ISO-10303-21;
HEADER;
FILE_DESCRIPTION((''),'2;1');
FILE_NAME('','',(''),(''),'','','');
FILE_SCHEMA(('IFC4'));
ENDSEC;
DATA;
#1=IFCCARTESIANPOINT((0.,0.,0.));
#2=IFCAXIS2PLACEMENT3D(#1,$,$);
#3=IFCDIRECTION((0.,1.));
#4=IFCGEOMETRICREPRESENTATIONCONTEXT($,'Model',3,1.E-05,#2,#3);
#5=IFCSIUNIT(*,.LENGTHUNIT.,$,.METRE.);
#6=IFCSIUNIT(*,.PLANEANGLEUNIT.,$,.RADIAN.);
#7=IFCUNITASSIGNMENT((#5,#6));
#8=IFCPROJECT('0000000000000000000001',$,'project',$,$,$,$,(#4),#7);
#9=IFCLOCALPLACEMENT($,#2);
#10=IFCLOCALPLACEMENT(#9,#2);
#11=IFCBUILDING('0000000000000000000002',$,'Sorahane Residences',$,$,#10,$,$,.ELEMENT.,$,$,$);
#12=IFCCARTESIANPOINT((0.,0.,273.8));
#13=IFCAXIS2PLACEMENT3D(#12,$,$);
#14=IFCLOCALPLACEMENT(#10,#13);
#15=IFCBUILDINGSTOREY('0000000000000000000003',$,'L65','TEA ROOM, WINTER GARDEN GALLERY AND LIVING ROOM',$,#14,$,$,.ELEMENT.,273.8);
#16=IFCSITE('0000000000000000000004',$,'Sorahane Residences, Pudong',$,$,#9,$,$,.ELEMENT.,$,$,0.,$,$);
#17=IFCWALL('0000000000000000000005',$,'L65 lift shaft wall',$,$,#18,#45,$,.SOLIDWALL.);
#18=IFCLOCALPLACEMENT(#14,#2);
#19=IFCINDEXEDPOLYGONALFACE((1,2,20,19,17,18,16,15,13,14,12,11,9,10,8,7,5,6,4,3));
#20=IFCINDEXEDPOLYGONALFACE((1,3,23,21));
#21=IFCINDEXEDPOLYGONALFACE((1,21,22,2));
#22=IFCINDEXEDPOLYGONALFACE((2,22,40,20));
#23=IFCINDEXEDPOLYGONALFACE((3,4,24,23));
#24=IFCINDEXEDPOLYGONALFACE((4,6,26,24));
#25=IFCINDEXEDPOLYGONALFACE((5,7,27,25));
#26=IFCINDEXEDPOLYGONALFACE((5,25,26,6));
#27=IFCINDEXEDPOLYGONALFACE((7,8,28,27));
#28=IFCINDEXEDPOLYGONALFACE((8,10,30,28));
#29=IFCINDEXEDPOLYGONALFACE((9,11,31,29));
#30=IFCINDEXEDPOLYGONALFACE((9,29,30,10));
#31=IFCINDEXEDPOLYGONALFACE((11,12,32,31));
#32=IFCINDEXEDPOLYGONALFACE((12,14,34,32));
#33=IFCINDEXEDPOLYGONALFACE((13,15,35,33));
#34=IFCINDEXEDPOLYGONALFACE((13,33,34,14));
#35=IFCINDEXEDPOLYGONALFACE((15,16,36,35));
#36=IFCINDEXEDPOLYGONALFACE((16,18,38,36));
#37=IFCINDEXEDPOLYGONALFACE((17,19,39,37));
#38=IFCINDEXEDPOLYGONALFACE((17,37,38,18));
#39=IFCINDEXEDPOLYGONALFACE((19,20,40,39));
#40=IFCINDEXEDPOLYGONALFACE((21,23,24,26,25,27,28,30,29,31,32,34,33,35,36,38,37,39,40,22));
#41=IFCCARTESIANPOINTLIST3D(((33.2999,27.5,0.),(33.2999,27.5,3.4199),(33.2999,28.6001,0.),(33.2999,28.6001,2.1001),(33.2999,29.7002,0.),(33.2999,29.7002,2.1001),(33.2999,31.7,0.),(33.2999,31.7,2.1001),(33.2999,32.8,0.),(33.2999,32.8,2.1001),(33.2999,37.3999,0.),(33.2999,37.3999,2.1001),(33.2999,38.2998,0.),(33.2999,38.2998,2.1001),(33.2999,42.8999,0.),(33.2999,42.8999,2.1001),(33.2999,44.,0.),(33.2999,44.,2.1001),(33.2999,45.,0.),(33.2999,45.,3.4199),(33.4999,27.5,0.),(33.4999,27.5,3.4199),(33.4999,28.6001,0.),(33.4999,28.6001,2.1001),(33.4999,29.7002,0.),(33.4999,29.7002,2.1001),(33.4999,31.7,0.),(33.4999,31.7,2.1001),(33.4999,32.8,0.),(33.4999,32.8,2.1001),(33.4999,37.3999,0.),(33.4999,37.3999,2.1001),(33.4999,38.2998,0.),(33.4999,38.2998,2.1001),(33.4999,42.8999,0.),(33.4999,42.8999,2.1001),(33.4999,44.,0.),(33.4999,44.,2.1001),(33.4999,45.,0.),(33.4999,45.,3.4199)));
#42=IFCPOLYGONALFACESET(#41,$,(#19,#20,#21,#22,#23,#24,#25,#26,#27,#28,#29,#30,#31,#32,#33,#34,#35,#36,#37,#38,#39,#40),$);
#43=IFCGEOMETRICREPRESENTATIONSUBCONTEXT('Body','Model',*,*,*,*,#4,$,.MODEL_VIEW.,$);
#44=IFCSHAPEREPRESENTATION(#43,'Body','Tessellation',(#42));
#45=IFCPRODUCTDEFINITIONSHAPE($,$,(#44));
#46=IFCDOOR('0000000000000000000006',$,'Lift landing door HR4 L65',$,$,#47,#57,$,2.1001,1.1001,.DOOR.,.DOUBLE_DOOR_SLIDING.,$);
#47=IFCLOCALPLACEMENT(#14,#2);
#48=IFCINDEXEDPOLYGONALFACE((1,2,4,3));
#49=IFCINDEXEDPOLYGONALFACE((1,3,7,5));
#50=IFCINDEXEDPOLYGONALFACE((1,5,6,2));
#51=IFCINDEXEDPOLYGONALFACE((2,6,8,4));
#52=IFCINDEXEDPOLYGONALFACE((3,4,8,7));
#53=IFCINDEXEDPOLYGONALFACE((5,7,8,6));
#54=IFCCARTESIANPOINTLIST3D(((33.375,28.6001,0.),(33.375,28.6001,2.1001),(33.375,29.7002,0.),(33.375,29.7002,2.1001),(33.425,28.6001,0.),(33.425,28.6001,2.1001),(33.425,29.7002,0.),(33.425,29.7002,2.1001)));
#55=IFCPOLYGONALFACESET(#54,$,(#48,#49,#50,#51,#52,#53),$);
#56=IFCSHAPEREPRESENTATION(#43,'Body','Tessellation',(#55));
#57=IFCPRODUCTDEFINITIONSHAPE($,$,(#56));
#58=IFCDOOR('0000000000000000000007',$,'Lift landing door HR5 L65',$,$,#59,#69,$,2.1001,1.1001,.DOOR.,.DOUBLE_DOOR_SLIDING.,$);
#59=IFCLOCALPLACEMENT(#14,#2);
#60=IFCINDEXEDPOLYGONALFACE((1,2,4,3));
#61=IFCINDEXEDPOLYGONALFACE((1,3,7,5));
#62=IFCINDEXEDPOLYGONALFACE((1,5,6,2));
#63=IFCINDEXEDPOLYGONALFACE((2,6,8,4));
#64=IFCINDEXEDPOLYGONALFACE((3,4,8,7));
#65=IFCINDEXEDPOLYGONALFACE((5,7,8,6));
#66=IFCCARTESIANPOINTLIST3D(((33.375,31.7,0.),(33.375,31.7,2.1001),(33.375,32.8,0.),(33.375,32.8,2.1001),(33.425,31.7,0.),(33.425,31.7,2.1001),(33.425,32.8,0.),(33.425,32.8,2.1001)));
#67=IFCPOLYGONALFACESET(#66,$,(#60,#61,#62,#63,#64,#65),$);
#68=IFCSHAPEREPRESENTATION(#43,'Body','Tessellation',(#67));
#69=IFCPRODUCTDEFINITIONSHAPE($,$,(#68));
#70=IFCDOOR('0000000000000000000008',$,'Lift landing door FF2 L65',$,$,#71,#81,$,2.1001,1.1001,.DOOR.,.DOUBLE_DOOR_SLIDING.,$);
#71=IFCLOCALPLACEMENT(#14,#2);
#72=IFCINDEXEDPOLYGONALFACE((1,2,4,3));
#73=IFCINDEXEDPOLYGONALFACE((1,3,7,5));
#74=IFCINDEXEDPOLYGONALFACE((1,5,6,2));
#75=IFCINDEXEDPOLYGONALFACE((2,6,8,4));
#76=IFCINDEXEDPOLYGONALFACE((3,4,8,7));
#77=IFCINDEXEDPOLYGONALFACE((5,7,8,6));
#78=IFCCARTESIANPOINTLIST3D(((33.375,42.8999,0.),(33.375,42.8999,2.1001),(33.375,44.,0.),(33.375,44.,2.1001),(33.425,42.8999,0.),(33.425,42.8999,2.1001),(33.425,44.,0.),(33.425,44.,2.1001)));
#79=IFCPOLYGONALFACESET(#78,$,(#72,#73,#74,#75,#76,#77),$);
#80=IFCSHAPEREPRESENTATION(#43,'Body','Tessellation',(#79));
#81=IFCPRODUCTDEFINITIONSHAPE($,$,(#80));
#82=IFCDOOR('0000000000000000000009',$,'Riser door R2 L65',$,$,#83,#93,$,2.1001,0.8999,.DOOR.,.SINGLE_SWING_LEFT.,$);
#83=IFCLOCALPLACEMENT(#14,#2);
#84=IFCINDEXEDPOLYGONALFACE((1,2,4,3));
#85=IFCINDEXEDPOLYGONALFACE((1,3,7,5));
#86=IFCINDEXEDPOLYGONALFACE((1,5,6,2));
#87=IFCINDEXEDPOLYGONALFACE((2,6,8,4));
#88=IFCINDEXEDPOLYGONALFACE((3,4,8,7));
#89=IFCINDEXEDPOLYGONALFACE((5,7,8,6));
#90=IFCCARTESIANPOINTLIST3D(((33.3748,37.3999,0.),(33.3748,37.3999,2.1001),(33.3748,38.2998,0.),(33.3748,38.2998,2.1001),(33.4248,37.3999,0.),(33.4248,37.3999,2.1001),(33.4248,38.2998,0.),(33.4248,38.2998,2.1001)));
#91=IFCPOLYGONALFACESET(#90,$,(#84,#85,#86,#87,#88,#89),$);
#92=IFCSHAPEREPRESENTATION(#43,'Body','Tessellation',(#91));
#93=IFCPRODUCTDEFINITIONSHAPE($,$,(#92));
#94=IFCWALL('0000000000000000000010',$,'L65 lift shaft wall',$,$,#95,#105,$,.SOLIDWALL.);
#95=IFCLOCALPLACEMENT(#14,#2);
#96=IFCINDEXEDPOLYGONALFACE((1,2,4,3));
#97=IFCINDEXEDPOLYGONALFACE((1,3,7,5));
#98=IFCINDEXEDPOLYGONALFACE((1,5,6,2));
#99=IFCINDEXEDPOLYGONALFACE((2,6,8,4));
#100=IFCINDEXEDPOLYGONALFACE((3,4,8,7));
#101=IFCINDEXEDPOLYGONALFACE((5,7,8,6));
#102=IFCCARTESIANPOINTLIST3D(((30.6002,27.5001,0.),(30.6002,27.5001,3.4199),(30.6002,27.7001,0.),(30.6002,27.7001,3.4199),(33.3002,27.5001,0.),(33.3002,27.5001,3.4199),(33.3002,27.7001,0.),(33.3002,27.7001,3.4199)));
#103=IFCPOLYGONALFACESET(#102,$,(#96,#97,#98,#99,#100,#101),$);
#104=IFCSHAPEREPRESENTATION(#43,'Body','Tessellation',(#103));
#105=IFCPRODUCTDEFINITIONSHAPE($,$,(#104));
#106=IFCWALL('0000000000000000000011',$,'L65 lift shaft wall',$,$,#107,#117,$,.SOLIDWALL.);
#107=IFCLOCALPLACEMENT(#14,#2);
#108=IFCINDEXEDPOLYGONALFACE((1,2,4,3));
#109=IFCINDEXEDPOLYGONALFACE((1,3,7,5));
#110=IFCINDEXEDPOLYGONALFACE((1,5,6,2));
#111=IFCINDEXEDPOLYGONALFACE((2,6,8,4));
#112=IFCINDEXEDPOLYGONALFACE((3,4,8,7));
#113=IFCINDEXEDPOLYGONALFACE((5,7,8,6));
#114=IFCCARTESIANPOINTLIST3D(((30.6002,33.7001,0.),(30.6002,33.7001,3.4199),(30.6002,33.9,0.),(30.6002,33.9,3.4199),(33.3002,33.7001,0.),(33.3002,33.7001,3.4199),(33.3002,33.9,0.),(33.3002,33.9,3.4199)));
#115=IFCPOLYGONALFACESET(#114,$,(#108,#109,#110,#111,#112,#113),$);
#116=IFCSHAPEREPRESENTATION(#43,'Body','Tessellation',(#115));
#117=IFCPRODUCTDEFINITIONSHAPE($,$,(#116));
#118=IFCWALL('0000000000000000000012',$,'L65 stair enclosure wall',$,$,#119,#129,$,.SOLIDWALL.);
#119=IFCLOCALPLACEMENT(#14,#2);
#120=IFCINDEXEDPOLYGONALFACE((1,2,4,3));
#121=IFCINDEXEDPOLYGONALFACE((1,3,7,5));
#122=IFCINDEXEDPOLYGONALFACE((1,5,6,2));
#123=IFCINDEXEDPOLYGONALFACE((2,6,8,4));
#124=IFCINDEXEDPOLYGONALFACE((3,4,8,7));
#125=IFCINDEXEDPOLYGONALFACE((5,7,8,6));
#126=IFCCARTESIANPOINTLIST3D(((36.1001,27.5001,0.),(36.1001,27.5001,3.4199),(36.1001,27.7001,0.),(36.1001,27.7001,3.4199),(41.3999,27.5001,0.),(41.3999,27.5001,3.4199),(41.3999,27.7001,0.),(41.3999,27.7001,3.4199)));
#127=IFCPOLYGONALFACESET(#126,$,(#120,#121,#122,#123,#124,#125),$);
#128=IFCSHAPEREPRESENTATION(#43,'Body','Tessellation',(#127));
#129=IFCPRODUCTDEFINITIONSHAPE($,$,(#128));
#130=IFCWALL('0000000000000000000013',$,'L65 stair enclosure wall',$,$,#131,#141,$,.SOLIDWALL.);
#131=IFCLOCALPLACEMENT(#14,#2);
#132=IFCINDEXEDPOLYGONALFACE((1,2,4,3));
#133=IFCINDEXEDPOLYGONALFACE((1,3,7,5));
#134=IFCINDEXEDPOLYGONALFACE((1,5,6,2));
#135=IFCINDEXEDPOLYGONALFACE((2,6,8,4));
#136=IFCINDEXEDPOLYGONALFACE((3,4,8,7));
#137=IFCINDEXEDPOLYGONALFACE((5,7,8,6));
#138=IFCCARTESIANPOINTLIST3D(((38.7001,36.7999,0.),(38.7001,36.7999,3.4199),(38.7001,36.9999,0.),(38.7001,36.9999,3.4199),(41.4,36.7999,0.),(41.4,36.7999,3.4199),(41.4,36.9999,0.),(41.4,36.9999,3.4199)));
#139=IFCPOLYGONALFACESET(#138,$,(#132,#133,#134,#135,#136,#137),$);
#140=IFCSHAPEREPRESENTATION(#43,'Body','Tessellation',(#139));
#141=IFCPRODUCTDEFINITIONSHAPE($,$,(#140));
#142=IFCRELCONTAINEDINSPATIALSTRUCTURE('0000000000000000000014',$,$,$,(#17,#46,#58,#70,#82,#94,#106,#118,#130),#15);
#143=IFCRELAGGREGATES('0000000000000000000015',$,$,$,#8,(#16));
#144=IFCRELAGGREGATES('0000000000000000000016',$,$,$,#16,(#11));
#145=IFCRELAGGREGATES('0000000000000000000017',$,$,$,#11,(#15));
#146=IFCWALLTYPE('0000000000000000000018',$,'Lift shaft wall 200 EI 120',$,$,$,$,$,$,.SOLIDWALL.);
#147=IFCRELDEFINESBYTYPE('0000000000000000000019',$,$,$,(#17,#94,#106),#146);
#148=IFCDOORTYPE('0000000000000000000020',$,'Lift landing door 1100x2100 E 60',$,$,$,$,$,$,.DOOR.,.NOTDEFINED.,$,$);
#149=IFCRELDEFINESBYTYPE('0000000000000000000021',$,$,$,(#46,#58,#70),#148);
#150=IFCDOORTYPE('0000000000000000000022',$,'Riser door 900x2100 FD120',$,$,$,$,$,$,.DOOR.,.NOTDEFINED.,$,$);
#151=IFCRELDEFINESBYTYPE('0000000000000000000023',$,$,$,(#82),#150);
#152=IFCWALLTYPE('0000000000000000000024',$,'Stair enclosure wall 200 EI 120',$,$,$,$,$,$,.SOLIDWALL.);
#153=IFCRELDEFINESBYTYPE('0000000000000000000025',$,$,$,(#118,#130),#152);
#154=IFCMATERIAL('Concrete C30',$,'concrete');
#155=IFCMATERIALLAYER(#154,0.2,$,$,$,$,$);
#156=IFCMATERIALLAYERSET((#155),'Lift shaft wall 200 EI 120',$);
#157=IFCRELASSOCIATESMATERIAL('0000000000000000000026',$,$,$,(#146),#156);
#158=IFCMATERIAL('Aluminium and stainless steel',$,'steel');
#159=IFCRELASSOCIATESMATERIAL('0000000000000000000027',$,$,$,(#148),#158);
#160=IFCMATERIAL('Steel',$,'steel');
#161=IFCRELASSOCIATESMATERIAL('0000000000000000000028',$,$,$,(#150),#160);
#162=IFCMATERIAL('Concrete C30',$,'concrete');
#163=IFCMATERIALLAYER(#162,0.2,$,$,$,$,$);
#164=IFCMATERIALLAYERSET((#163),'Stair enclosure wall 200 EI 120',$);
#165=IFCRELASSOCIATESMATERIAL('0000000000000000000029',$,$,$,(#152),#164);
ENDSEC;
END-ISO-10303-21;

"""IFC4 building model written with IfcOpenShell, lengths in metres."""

from ifc_helpers import new_model, si_unit, direction, frame, frame_2d, origin, place, context, subcontext, project, spatial, rectangle, extrude, material, layer, layer_set, type_object, element, fill, save


model = new_model("IFC4")

# Units and contexts
model_context = context("Model", 3, precision=1e-05, world=origin(), true_north=direction((0.0, 1.0)))
body_context = subcontext(model_context, "Body", "Model", "MODEL_VIEW")
ifc_project = project(units=[si_unit("LENGTHUNIT", "METRE"), si_unit("PLANEANGLEUNIT", "RADIAN")], contexts=[model_context])

# Site, building, storey
site_placement = place(None, origin())
site = spatial("IfcSite", under=ifc_project, at=site_placement, Name="Sorahane Residences, Pudong", CompositionType="ELEMENT", RefElevation=0.0)
building_placement = place(site_placement, origin())
building = spatial("IfcBuilding", under=site, at=building_placement, Name="Sorahane Residences", CompositionType="ELEMENT")
storey_placement = place(building_placement, frame((0.0, 0.0, 273.8)))
storey = spatial("IfcBuildingStorey", under=building, at=storey_placement, Name="L65", Description="TEA ROOM, WINTER GARDEN GALLERY AND LIVING ROOM", CompositionType="ELEMENT", Elevation=273.8)

# Wall, openings, doors
ifc_material_1 = material(Name="Concrete C30", Category="concrete")
ifc_layer_1 = layer(ifc_material_1, 0.2)
ifc_layer_set_1 = layer_set([ifc_layer_1], Name="Lift shaft wall 200 EI 120")
wall_type_1 = type_object("IfcWallType", Name="Lift shaft wall 200 EI 120", PredefinedType="SOLIDWALL", material=ifc_layer_set_1)
wall_1_placement = place(storey_placement, frame((33.3999, 27.5, 0.0), z_axis=(0.0, 0.0, 1.0), x_axis=(0.0, 1.0, 0.0)))
wall_1 = element("IfcWall", 1, at=wall_1_placement, inside=storey, type_object=wall_type_1, Name="L65 lift shaft wall", PredefinedType="SOLIDWALL", context=body_context, shape_type="SweptSolid", body=[
    extrude(rectangle(XDim=17.5, YDim=0.2, at=frame_2d((8.75, 0.0))), origin(), (0.0, 0.0, 1.0), 3.4199),
])
opening_1_placement = place(wall_1_placement, frame((1.1001, 0.0, 0.0)))
opening_1 = element("IfcOpeningElement", 2, at=opening_1_placement, cuts=wall_1, PredefinedType="OPENING", context=body_context, shape_type="SweptSolid", body=[
    extrude(rectangle(XDim=1.1001, YDim=2.1001, at=frame_2d((0.55, 1.05))), frame((0.0, 0.1099, 0.0), z_axis=(0.0, -1.0, 0.0), x_axis=(1.0, 0.0, 0.0)), (0.0, 0.0, 1.0), 0.22),
])
opening_2_placement = place(wall_1_placement, frame((4.2, 0.0, 0.0)))
opening_2 = element("IfcOpeningElement", 3, at=opening_2_placement, cuts=wall_1, PredefinedType="OPENING", context=body_context, shape_type="SweptSolid", body=[
    extrude(rectangle(XDim=1.1001, YDim=2.1001, at=frame_2d((0.55, 1.05))), frame((0.0, 0.1099, 0.0), z_axis=(0.0, -1.0, 0.0), x_axis=(1.0, 0.0, 0.0)), (0.0, 0.0, 1.0), 0.22),
])
opening_3_placement = place(wall_1_placement, frame((15.3999, 0.0, 0.0)))
opening_3 = element("IfcOpeningElement", 4, at=opening_3_placement, cuts=wall_1, PredefinedType="OPENING", context=body_context, shape_type="SweptSolid", body=[
    extrude(rectangle(XDim=1.1001, YDim=2.1001, at=frame_2d((0.55, 1.05))), frame((0.0, 0.1099, 0.0), z_axis=(0.0, -1.0, 0.0), x_axis=(1.0, 0.0, 0.0)), (0.0, 0.0, 1.0), 0.22),
])
opening_4_placement = place(wall_1_placement, frame((9.8999, 0.0, 0.0)))
opening_4 = element("IfcOpeningElement", 5, at=opening_4_placement, cuts=wall_1, PredefinedType="OPENING", context=body_context, shape_type="SweptSolid", body=[
    extrude(rectangle(XDim=0.8999, YDim=2.1001, at=frame_2d((0.45, 1.05))), frame((0.0, 0.1099, 0.0), z_axis=(0.0, -1.0, 0.0), x_axis=(1.0, 0.0, 0.0)), (0.0, 0.0, 1.0), 0.22),
])
ifc_material_2 = material(Name="Aluminium and stainless steel", Category="steel")
door_type_1 = type_object("IfcDoorType", Name="Lift landing door 1100x2100 E 60", OperationType="NOTDEFINED", PredefinedType="DOOR", material=ifc_material_2)
door_1_placement = place(opening_1_placement, origin())
door_1 = element("IfcDoor", 6, at=door_1_placement, inside=storey, type_object=door_type_1, Name="Lift landing door HR4 L65", OperationType="DOUBLE_DOOR_SLIDING", OverallHeight=2.1001, OverallWidth=1.1001, PredefinedType="DOOR", context=body_context, shape_type="SweptSolid", body=[
    extrude(rectangle(XDim=1.1001, YDim=2.1001, at=frame_2d((0.55, 1.05))), frame((0.0, 0.0249, 0.0), z_axis=(0.0, -1.0, 0.0), x_axis=(1.0, 0.0, 0.0)), (0.0, 0.0, 1.0), 0.05),
])
fill(opening_1, door_1)
door_2_placement = place(opening_2_placement, origin())
door_2 = element("IfcDoor", 7, at=door_2_placement, inside=storey, type_object=door_type_1, Name="Lift landing door HR5 L65", OperationType="DOUBLE_DOOR_SLIDING", OverallHeight=2.1001, OverallWidth=1.1001, PredefinedType="DOOR", context=body_context, shape_type="SweptSolid", body=[
    extrude(rectangle(XDim=1.1001, YDim=2.1001, at=frame_2d((0.55, 1.05))), frame((0.0, 0.0249, 0.0), z_axis=(0.0, -1.0, 0.0), x_axis=(1.0, 0.0, 0.0)), (0.0, 0.0, 1.0), 0.05),
])
fill(opening_2, door_2)
door_3_placement = place(opening_3_placement, origin())
door_3 = element("IfcDoor", 8, at=door_3_placement, inside=storey, type_object=door_type_1, Name="Lift landing door FF2 L65", OperationType="DOUBLE_DOOR_SLIDING", OverallHeight=2.1001, OverallWidth=1.1001, PredefinedType="DOOR", context=body_context, shape_type="SweptSolid", body=[
    extrude(rectangle(XDim=1.1001, YDim=2.1001, at=frame_2d((0.55, 1.05))), frame((0.0, 0.0249, 0.0), z_axis=(0.0, -1.0, 0.0), x_axis=(1.0, 0.0, 0.0)), (0.0, 0.0, 1.0), 0.05),
])
fill(opening_3, door_3)
ifc_material_3 = material(Name="Steel", Category="steel")
door_type_2 = type_object("IfcDoorType", Name="Riser door 900x2100 FD120", OperationType="NOTDEFINED", PredefinedType="DOOR", material=ifc_material_3)
door_4_placement = place(opening_4_placement, frame((0.8999, 0.0, 0.0), z_axis=(0.0, 0.0, 1.0), x_axis=(-1.0, 0.0, 0.0)))
door_4 = element("IfcDoor", 9, at=door_4_placement, inside=storey, type_object=door_type_2, Name="Riser door R2 L65", OperationType="SINGLE_SWING_LEFT", OverallHeight=2.1001, OverallWidth=0.8999, PredefinedType="DOOR", context=body_context, shape_type="SweptSolid", body=[
    extrude(rectangle(XDim=0.8999, YDim=2.1001, at=frame_2d((0.45, 1.05))), frame((0.0, 0.0249, 0.0), z_axis=(0.0, -1.0, 0.0), x_axis=(1.0, 0.0, 0.0)), (0.0, 0.0, 1.0), 0.05),
])
fill(opening_4, door_4)

# Walls
for number, where, z_axis, x_axis, name in (
    (10, (30.6001, 27.6001, 0.0), (0.0, 0.0, 1.0), (1.0, 0.0, 0.0), "L65 lift shaft wall"),
    (11, (30.6001, 33.8, 0.0), (0.0, 0.0, 1.0), (1.0, 0.0, 0.0), "L65 lift shaft wall"),
):
    element("IfcWall", number, at=place(storey_placement, frame(where, z_axis=z_axis, x_axis=x_axis)), inside=storey, type_object=wall_type_1, Name=name, PredefinedType="SOLIDWALL", context=body_context, shape_type="SweptSolid", body=[
        extrude(rectangle(XDim=2.7, YDim=0.2, at=frame_2d((1.3501, 0.0))), origin(), (0.0, 0.0, 1.0), 3.4199),
    ])
ifc_material_4 = material(Name="Concrete C30", Category="concrete")
ifc_layer_2 = layer(ifc_material_4, 0.2)
ifc_layer_set_2 = layer_set([ifc_layer_2], Name="Stair enclosure wall 200 EI 120")
wall_type_2 = type_object("IfcWallType", Name="Stair enclosure wall 200 EI 120", PredefinedType="SOLIDWALL", material=ifc_layer_set_2)
wall_2_placement = place(storey_placement, frame((36.1001, 27.6001, 0.0), z_axis=(0.0, 0.0, 1.0), x_axis=(1.0, 0.0, 0.0)))
element("IfcWall", 12, at=wall_2_placement, inside=storey, type_object=wall_type_2, Name="L65 stair enclosure wall", PredefinedType="SOLIDWALL", context=body_context, shape_type="SweptSolid", body=[
    extrude(rectangle(XDim=5.2998, YDim=0.2, at=frame_2d((2.6499, 0.0))), origin(), (0.0, 0.0, 1.0), 3.4199),
])
wall_3_placement = place(storey_placement, frame((38.7, 36.8999, 0.0), z_axis=(0.0, 0.0, 1.0), x_axis=(1.0, 0.0, 0.0)))
element("IfcWall", 13, at=wall_3_placement, inside=storey, type_object=wall_type_2, Name="L65 stair enclosure wall", PredefinedType="SOLIDWALL", context=body_context, shape_type="SweptSolid", body=[
    extrude(rectangle(XDim=2.7, YDim=0.2, at=frame_2d((1.3501, 0.0))), origin(), (0.0, 0.0, 1.0), 3.4199),
])

save(model, "model.ifc")
